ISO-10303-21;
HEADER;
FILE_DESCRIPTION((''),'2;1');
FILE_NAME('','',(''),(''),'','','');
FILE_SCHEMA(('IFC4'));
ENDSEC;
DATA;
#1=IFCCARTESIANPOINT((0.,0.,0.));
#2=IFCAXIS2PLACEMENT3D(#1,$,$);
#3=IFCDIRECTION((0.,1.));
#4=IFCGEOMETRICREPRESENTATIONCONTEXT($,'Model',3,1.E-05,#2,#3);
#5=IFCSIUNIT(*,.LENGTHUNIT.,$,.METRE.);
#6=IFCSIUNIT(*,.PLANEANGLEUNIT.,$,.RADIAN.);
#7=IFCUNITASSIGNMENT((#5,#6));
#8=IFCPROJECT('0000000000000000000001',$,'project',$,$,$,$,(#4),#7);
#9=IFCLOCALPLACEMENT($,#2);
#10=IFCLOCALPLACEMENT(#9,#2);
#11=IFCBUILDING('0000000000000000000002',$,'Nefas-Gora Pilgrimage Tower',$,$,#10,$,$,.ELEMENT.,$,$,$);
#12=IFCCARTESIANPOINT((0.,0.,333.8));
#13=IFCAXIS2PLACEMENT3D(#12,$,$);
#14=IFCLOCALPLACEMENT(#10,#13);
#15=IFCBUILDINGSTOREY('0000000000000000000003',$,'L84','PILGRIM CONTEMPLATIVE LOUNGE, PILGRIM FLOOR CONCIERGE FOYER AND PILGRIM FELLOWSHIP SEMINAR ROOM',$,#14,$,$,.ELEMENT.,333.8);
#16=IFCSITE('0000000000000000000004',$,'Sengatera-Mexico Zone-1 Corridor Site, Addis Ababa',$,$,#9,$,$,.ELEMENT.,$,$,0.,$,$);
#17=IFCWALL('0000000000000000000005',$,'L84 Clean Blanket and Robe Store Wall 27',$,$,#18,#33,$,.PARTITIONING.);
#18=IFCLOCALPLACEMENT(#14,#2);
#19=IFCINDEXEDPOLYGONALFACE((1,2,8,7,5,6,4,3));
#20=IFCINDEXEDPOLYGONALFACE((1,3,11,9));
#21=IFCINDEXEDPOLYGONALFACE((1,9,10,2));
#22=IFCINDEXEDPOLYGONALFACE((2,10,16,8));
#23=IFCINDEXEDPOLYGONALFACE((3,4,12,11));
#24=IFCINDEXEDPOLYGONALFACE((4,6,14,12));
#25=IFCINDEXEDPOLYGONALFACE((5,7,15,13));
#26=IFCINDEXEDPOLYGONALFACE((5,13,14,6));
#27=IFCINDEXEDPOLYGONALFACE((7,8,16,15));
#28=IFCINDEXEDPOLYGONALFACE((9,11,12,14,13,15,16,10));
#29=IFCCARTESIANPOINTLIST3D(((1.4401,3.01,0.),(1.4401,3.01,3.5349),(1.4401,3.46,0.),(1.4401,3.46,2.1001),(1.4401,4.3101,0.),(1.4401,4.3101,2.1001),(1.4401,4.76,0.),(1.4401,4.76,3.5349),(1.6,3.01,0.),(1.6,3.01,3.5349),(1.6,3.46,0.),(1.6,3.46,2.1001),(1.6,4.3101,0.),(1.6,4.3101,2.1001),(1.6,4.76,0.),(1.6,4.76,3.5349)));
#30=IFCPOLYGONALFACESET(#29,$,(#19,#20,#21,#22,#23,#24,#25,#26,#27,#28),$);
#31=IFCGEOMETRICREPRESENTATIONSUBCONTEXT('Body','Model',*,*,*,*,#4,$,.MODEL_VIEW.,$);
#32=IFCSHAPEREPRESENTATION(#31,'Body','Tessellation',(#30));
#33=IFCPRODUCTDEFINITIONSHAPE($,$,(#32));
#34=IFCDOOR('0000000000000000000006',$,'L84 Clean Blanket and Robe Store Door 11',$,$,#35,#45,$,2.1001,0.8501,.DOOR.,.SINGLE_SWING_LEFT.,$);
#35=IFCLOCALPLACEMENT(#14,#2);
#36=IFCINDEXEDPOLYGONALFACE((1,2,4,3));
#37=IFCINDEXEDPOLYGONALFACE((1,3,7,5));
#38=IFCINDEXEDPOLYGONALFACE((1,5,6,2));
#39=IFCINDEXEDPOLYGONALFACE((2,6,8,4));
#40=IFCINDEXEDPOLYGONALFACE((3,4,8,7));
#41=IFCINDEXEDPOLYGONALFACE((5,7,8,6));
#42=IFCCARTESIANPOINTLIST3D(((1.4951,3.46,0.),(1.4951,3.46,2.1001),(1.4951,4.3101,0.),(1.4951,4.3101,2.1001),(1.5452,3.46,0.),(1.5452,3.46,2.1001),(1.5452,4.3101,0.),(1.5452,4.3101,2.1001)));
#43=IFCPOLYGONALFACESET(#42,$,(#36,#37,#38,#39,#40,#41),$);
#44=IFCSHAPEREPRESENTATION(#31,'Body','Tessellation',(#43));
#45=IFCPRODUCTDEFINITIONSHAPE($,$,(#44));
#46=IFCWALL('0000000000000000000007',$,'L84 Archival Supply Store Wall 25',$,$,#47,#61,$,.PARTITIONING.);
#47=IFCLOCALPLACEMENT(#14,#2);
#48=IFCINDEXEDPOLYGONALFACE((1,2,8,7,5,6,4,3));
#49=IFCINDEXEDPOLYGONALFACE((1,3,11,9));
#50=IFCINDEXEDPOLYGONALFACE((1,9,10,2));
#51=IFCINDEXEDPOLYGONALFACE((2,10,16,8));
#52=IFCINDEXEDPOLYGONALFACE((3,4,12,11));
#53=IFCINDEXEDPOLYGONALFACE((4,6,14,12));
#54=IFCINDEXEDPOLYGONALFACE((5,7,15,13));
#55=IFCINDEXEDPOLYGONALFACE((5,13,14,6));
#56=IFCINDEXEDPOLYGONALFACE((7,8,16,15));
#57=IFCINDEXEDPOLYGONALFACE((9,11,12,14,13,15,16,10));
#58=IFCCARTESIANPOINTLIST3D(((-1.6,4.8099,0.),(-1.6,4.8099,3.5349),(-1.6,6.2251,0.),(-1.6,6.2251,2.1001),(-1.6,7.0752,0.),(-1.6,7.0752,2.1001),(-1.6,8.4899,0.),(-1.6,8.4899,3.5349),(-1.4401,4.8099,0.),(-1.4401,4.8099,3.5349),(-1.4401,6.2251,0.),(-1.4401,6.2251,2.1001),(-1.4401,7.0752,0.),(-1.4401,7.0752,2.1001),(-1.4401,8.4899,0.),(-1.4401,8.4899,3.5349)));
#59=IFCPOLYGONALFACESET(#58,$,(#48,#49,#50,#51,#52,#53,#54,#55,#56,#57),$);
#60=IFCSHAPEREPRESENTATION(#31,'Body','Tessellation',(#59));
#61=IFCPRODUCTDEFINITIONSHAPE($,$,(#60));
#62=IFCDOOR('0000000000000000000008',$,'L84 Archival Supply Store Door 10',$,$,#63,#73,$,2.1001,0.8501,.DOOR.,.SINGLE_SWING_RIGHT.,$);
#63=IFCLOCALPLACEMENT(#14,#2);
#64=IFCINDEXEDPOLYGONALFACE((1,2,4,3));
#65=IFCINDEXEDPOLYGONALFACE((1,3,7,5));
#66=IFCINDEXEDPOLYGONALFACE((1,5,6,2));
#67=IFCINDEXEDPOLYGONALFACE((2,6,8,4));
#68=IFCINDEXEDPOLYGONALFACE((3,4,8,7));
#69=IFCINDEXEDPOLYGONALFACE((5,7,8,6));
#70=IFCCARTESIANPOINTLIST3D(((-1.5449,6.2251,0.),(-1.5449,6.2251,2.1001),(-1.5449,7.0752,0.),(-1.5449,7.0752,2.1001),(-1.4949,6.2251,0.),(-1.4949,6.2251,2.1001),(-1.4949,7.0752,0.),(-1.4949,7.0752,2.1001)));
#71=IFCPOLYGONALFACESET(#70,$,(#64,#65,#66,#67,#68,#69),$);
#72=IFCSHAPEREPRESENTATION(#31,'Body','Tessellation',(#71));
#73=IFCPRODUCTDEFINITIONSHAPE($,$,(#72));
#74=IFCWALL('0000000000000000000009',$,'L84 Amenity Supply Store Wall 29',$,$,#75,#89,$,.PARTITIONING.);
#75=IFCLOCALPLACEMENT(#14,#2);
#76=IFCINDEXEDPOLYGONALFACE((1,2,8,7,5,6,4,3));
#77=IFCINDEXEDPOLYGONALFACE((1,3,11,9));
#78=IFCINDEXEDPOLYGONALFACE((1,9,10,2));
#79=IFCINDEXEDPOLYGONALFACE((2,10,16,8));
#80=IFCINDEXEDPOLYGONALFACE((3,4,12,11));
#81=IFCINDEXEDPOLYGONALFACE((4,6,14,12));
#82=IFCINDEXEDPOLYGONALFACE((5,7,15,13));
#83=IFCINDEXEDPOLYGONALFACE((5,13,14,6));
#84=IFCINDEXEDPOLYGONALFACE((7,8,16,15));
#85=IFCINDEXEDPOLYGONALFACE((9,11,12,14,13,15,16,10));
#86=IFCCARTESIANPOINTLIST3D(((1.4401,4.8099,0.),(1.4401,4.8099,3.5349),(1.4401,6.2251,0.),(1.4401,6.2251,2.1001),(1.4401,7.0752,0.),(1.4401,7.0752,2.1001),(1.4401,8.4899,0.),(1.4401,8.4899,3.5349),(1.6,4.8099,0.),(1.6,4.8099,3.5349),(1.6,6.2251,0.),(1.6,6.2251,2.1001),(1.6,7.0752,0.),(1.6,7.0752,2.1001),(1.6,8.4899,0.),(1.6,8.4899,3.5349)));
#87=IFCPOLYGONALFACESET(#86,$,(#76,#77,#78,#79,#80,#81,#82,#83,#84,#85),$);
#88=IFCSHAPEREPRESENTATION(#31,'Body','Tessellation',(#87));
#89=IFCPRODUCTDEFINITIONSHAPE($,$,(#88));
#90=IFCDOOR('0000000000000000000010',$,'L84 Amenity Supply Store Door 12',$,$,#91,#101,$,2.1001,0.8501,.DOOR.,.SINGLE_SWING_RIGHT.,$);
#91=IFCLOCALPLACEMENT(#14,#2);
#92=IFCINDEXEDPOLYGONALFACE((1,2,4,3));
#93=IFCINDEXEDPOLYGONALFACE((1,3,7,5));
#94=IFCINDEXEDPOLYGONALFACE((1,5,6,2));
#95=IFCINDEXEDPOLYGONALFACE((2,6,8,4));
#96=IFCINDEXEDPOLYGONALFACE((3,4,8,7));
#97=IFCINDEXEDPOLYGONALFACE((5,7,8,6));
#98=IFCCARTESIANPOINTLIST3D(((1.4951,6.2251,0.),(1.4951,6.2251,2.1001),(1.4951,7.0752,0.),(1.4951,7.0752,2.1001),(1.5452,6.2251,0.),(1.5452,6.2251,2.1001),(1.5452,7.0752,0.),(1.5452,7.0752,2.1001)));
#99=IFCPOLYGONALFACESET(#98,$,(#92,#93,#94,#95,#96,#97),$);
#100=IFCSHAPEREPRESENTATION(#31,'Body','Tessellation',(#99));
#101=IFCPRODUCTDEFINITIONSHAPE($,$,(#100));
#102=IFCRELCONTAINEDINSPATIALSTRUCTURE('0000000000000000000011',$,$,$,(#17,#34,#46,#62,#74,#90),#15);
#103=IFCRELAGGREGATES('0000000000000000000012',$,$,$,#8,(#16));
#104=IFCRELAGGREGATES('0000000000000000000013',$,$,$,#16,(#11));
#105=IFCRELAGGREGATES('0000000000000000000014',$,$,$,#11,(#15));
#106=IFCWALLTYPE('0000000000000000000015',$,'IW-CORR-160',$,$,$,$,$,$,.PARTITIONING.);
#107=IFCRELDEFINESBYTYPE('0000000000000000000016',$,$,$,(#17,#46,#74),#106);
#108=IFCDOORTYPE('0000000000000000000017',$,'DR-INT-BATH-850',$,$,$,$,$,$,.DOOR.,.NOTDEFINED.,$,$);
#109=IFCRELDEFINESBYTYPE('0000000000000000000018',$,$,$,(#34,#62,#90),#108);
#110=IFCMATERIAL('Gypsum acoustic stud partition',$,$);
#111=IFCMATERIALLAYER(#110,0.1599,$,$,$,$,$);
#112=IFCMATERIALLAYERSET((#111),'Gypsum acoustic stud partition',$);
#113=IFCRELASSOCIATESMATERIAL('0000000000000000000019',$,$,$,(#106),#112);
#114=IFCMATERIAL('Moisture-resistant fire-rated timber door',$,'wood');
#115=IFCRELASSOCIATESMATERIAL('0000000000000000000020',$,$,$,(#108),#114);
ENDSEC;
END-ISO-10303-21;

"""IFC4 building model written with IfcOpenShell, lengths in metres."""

from ifc_helpers import new_model, si_unit, direction, frame, frame_2d, origin, place, context, subcontext, project, spatial, rectangle, extrude, source, transform, mapped, material, layer, layer_set, type_object, element, fill, save


model = new_model("IFC4")

# Units and contexts
model_context = context("Model", 3, precision=1e-05, world=origin(), true_north=direction((0.0, 1.0)))
body_context = subcontext(model_context, "Body", "Model", "MODEL_VIEW")
ifc_project = project(units=[si_unit("LENGTHUNIT", "METRE"), si_unit("PLANEANGLEUNIT", "RADIAN")], contexts=[model_context])

# Site, building, storey
site_placement = place(None, origin())
site = spatial("IfcSite", under=ifc_project, at=site_placement, Name="Sengatera-Mexico Zone-1 Corridor Site, Addis Ababa", CompositionType="ELEMENT", RefElevation=0.0)
building_placement = place(site_placement, origin())
building = spatial("IfcBuilding", under=site, at=building_placement, Name="Nefas-Gora Pilgrimage Tower", CompositionType="ELEMENT")
storey_placement = place(building_placement, frame((0.0, 0.0, 333.8)))
storey = spatial("IfcBuildingStorey", under=building, at=storey_placement, Name="L84", Description="PILGRIM CONTEMPLATIVE LOUNGE, PILGRIM FLOOR CONCIERGE FOYER AND PILGRIM FELLOWSHIP SEMINAR ROOM", CompositionType="ELEMENT", Elevation=333.8)

# Shared definitions
ifc_material_1 = material(Name="Gypsum acoustic stud partition")
ifc_layer_1 = layer(ifc_material_1, 0.1599)
ifc_layer_set_1 = layer_set([ifc_layer_1], Name="Gypsum acoustic stud partition")
wall_type_1 = type_object("IfcWallType", Name="IW-CORR-160", PredefinedType="PARTITIONING", material=ifc_layer_set_1)

# Walls, openings, doors
shared_shape_1 = source(origin(), body_context, "Body", "SweptSolid", [
    extrude(rectangle(XDim=1.75, YDim=0.1599, at=frame_2d((0.875, 0.0))), origin(), (0.0, 0.0, 1.0), 3.5349),
])
ifc_material_2 = material(Name="Moisture-resistant fire-rated timber door", Category="wood")
door_type_1 = type_object("IfcDoorType", Name="DR-INT-BATH-850", OperationType="NOTDEFINED", PredefinedType="DOOR", material=ifc_material_2)
shared_shape_2 = source(origin(), body_context, "Body", "SweptSolid", [
    extrude(rectangle(XDim=0.8501, YDim=2.1001, at=frame_2d((0.425, 1.05))), frame((0.0, 0.0249, 0.0), z_axis=(0.0, -1.0, 0.0), x_axis=(1.0, 0.0, 0.0)), (0.0, 0.0, 1.0), 0.05),
])
wall_1_placement = place(storey_placement, frame((1.52, 3.01, 0.0), z_axis=(0.0, 0.0, 1.0), x_axis=(0.0, 1.0, 0.0)))
wall_1 = element("IfcWall", 1, at=wall_1_placement, inside=storey, type_object=wall_type_1, Name="L84 Clean Blanket and Robe Store Wall 27", PredefinedType="PARTITIONING", context=body_context, shape_type="MappedRepresentation", body=[
    mapped(shared_shape_1, transform((0.0, 0.0, 0.0), x_axis=(1.0, 0.0, 0.0), y_axis=(0.0, 1.0, 0.0), z_axis=(0.0, 0.0, 1.0), scale=1.0)),
])
opening_1_placement = place(wall_1_placement, frame((0.45, 0.0, 0.0)))
opening_1 = element("IfcOpeningElement", 2, at=opening_1_placement, cuts=wall_1, PredefinedType="OPENING", context=body_context, shape_type="SweptSolid", body=[
    extrude(rectangle(XDim=0.8501, YDim=2.1001, at=frame_2d((0.425, 1.05))), frame((0.0, 0.0898, 0.0), z_axis=(0.0, -1.0, 0.0), x_axis=(1.0, 0.0, 0.0)), (0.0, 0.0, 1.0), 0.1799),
])
door_1_placement = place(opening_1_placement, origin())
door_1 = element("IfcDoor", 3, at=door_1_placement, inside=storey, type_object=door_type_1, Name="L84 Clean Blanket and Robe Store Door 11", OperationType="SINGLE_SWING_LEFT", OverallHeight=2.1001, OverallWidth=0.8501, PredefinedType="DOOR", context=body_context, shape_type="MappedRepresentation", body=[
    mapped(shared_shape_2, transform((0.0, 0.0, 0.0), x_axis=(1.0, 0.0, 0.0), y_axis=(0.0, 1.0, 0.0), z_axis=(0.0, 0.0, 1.0), scale=1.0)),
])
fill(opening_1, door_1)
shared_shape_3 = source(origin(), body_context, "Body", "SweptSolid", [
    extrude(rectangle(XDim=3.6799, YDim=0.1599, at=frame_2d((1.8398, 0.0))), origin(), (0.0, 0.0, 1.0), 3.5349),
])
wall_2_placement = place(storey_placement, frame((-1.52, 4.8101, 0.0), z_axis=(0.0, 0.0, 1.0), x_axis=(0.0, 1.0, 0.0)))
wall_2 = element("IfcWall", 4, at=wall_2_placement, inside=storey, type_object=wall_type_1, Name="L84 Archival Supply Store Wall 25", PredefinedType="PARTITIONING", context=body_context, shape_type="MappedRepresentation", body=[
    mapped(shared_shape_3, transform((0.0, 0.0, 0.0), x_axis=(1.0, 0.0, 0.0), y_axis=(0.0, 1.0, 0.0), z_axis=(0.0, 0.0, 1.0), scale=1.0)),
])
opening_2_placement = place(wall_2_placement, frame((1.415, 0.0, 0.0)))
opening_2 = element("IfcOpeningElement", 5, at=opening_2_placement, cuts=wall_2, PredefinedType="OPENING", context=body_context, shape_type="SweptSolid", body=[
    extrude(rectangle(XDim=0.8501, YDim=2.1001, at=frame_2d((0.425, 1.05))), frame((0.0, 0.0898, 0.0), z_axis=(0.0, -1.0, 0.0), x_axis=(1.0, 0.0, 0.0)), (0.0, 0.0, 1.0), 0.1799),
])
door_2_placement = place(opening_2_placement, origin())
door_2 = element("IfcDoor", 6, at=door_2_placement, inside=storey, type_object=door_type_1, Name="L84 Archival Supply Store Door 10", OperationType="SINGLE_SWING_RIGHT", OverallHeight=2.1001, OverallWidth=0.8501, PredefinedType="DOOR", context=body_context, shape_type="MappedRepresentation", body=[
    mapped(shared_shape_2, transform((0.0, 0.0, 0.0), x_axis=(1.0, 0.0, 0.0), y_axis=(0.0, 1.0, 0.0), z_axis=(0.0, 0.0, 1.0), scale=1.0)),
])
fill(opening_2, door_2)
wall_3_placement = place(storey_placement, frame((1.52, 4.8101, 0.0), z_axis=(0.0, 0.0, 1.0), x_axis=(0.0, 1.0, 0.0)))
wall_3 = element("IfcWall", 7, at=wall_3_placement, inside=storey, type_object=wall_type_1, Name="L84 Amenity Supply Store Wall 29", PredefinedType="PARTITIONING", context=body_context, shape_type="MappedRepresentation", body=[
    mapped(shared_shape_3, transform((0.0, 0.0, 0.0), x_axis=(1.0, 0.0, 0.0), y_axis=(0.0, 1.0, 0.0), z_axis=(0.0, 0.0, 1.0), scale=1.0)),
])
opening_3_placement = place(wall_3_placement, frame((1.415, 0.0, 0.0)))
opening_3 = element("IfcOpeningElement", 8, at=opening_3_placement, cuts=wall_3, PredefinedType="OPENING", context=body_context, shape_type="SweptSolid", body=[
    extrude(rectangle(XDim=0.8501, YDim=2.1001, at=frame_2d((0.425, 1.05))), frame((0.0, 0.0898, 0.0), z_axis=(0.0, -1.0, 0.0), x_axis=(1.0, 0.0, 0.0)), (0.0, 0.0, 1.0), 0.1799),
])
door_3_placement = place(opening_3_placement, origin())
door_3 = element("IfcDoor", 9, at=door_3_placement, inside=storey, type_object=door_type_1, Name="L84 Amenity Supply Store Door 12", OperationType="SINGLE_SWING_RIGHT", OverallHeight=2.1001, OverallWidth=0.8501, PredefinedType="DOOR", context=body_context, shape_type="MappedRepresentation", body=[
    mapped(shared_shape_2, transform((0.0, 0.0, 0.0), x_axis=(1.0, 0.0, 0.0), y_axis=(0.0, 1.0, 0.0), z_axis=(0.0, 0.0, 1.0), scale=1.0)),
])
fill(opening_3, door_3)

save(model, "model.ifc")
